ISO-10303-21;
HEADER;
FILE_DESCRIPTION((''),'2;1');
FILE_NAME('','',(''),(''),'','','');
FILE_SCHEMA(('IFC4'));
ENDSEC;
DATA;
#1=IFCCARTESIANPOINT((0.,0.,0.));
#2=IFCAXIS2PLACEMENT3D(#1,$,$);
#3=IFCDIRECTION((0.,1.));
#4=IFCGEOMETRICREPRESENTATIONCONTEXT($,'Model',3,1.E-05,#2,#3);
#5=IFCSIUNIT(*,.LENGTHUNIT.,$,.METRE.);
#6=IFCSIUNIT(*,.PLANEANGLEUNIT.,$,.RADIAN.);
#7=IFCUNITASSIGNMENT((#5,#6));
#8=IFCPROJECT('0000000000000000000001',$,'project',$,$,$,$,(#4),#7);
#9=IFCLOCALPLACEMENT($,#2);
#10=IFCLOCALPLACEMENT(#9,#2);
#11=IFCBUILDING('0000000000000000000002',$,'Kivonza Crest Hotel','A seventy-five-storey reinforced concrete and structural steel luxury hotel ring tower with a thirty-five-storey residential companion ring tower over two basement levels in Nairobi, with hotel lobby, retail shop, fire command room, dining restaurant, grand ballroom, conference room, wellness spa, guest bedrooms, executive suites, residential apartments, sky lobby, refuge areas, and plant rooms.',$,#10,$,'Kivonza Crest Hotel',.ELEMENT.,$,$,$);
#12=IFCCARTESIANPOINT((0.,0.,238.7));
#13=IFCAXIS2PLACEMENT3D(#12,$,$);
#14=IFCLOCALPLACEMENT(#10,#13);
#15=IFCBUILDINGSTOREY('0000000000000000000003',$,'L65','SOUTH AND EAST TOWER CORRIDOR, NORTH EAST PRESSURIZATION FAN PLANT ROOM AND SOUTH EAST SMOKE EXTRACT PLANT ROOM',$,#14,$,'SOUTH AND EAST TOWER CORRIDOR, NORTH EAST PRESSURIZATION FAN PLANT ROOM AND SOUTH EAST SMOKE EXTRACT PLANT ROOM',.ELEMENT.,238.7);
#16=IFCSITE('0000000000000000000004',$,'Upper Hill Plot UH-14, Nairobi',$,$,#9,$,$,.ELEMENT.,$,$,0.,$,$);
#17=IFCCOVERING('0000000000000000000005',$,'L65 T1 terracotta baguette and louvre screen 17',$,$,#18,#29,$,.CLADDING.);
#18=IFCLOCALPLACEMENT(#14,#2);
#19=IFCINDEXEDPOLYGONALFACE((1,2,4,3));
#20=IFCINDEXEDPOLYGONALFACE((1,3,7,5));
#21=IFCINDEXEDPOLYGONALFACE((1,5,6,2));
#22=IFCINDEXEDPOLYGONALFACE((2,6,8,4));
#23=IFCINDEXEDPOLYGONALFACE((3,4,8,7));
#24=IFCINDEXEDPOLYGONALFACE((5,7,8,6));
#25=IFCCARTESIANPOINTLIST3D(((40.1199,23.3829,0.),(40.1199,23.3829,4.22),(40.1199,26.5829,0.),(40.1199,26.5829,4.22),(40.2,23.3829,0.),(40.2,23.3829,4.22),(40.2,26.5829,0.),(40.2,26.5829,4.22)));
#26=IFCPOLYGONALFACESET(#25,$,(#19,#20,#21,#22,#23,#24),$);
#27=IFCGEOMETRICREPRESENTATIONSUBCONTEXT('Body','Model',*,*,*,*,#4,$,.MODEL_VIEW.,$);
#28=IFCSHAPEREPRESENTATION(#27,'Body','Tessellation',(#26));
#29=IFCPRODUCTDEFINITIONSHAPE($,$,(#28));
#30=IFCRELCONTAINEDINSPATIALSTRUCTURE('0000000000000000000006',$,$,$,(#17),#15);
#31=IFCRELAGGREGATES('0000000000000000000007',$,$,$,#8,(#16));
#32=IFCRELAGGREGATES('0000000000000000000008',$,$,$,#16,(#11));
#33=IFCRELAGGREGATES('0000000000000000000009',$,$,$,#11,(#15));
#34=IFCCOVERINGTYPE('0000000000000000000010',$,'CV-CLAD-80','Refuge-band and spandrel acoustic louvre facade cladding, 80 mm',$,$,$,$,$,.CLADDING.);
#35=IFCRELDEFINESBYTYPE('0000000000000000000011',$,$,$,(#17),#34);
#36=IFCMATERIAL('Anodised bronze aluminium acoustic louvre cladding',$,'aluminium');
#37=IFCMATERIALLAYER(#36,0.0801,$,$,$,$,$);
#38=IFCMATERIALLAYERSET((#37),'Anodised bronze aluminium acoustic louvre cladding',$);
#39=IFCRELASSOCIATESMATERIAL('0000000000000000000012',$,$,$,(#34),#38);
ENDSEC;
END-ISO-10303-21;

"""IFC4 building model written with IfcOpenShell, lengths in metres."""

from ifc_helpers import new_model, si_unit, direction, frame, origin, origin_2d, place, context, subcontext, project, spatial, rectangle, extrude, material, layer, layer_set, type_object, element, save


model = new_model("IFC4")

# Units and contexts
model_context = context("Model", 3, precision=1e-05, world=origin(), true_north=direction((0.0, 1.0)))
body_context = subcontext(model_context, "Body", "Model", "MODEL_VIEW")
ifc_project = project(units=[si_unit("LENGTHUNIT", "METRE"), si_unit("PLANEANGLEUNIT", "RADIAN")], contexts=[model_context])

# Site, building, storey
site_placement = place(None, origin())
site = spatial("IfcSite", under=ifc_project, at=site_placement, Name="Upper Hill Plot UH-14, Nairobi", CompositionType="ELEMENT", RefElevation=0.0)
building_placement = place(site_placement, origin())
building = spatial("IfcBuilding", under=site, at=building_placement, Name="Kivonza Crest Hotel", Description="A seventy-five-storey reinforced concrete and structural steel luxury hotel ring tower with a thirty-five-storey residential companion ring tower over two basement levels in Nairobi, with hotel lobby, retail shop, fire command room, dining restaurant, grand ballroom, conference room, wellness spa, guest bedrooms, executive suites, residential apartments, sky lobby, refuge areas, and plant rooms.", LongName="Kivonza Crest Hotel", CompositionType="ELEMENT")
storey_placement = place(building_placement, frame((0.0, 0.0, 238.7)))
storey = spatial("IfcBuildingStorey", under=building, at=storey_placement, Name="L65", Description="SOUTH AND EAST TOWER CORRIDOR, NORTH EAST PRESSURIZATION FAN PLANT ROOM AND SOUTH EAST SMOKE EXTRACT PLANT ROOM", LongName="SOUTH AND EAST TOWER CORRIDOR, NORTH EAST PRESSURIZATION FAN PLANT ROOM AND SOUTH EAST SMOKE EXTRACT PLANT ROOM", CompositionType="ELEMENT", Elevation=238.7)

# Covering
ifc_material_1 = material(Name="Anodised bronze aluminium acoustic louvre cladding", Category="aluminium")
ifc_layer_1 = layer(ifc_material_1, 0.0801)
ifc_layer_set_1 = layer_set([ifc_layer_1], Name="Anodised bronze aluminium acoustic louvre cladding")
covering_type = type_object("IfcCoveringType", Name="CV-CLAD-80", Description="Refuge-band and spandrel acoustic louvre facade cladding, 80 mm", PredefinedType="CLADDING", material=ifc_layer_set_1)
covering_placement = place(storey_placement, frame((40.1599, 24.9829, 0.0), z_axis=(0.0, 0.0, 1.0), x_axis=(0.0, 1.0, 0.0)))
element("IfcCovering", 1, at=covering_placement, inside=storey, type_object=covering_type, Name="L65 T1 terracotta baguette and louvre screen 17", PredefinedType="CLADDING", context=body_context, shape_type="SweptSolid", body=[
    extrude(rectangle(XDim=3.2, YDim=0.0801, at=origin_2d()), origin(), (0.0, 0.0, 1.0), 4.22),
])

save(model, "model.ifc")
